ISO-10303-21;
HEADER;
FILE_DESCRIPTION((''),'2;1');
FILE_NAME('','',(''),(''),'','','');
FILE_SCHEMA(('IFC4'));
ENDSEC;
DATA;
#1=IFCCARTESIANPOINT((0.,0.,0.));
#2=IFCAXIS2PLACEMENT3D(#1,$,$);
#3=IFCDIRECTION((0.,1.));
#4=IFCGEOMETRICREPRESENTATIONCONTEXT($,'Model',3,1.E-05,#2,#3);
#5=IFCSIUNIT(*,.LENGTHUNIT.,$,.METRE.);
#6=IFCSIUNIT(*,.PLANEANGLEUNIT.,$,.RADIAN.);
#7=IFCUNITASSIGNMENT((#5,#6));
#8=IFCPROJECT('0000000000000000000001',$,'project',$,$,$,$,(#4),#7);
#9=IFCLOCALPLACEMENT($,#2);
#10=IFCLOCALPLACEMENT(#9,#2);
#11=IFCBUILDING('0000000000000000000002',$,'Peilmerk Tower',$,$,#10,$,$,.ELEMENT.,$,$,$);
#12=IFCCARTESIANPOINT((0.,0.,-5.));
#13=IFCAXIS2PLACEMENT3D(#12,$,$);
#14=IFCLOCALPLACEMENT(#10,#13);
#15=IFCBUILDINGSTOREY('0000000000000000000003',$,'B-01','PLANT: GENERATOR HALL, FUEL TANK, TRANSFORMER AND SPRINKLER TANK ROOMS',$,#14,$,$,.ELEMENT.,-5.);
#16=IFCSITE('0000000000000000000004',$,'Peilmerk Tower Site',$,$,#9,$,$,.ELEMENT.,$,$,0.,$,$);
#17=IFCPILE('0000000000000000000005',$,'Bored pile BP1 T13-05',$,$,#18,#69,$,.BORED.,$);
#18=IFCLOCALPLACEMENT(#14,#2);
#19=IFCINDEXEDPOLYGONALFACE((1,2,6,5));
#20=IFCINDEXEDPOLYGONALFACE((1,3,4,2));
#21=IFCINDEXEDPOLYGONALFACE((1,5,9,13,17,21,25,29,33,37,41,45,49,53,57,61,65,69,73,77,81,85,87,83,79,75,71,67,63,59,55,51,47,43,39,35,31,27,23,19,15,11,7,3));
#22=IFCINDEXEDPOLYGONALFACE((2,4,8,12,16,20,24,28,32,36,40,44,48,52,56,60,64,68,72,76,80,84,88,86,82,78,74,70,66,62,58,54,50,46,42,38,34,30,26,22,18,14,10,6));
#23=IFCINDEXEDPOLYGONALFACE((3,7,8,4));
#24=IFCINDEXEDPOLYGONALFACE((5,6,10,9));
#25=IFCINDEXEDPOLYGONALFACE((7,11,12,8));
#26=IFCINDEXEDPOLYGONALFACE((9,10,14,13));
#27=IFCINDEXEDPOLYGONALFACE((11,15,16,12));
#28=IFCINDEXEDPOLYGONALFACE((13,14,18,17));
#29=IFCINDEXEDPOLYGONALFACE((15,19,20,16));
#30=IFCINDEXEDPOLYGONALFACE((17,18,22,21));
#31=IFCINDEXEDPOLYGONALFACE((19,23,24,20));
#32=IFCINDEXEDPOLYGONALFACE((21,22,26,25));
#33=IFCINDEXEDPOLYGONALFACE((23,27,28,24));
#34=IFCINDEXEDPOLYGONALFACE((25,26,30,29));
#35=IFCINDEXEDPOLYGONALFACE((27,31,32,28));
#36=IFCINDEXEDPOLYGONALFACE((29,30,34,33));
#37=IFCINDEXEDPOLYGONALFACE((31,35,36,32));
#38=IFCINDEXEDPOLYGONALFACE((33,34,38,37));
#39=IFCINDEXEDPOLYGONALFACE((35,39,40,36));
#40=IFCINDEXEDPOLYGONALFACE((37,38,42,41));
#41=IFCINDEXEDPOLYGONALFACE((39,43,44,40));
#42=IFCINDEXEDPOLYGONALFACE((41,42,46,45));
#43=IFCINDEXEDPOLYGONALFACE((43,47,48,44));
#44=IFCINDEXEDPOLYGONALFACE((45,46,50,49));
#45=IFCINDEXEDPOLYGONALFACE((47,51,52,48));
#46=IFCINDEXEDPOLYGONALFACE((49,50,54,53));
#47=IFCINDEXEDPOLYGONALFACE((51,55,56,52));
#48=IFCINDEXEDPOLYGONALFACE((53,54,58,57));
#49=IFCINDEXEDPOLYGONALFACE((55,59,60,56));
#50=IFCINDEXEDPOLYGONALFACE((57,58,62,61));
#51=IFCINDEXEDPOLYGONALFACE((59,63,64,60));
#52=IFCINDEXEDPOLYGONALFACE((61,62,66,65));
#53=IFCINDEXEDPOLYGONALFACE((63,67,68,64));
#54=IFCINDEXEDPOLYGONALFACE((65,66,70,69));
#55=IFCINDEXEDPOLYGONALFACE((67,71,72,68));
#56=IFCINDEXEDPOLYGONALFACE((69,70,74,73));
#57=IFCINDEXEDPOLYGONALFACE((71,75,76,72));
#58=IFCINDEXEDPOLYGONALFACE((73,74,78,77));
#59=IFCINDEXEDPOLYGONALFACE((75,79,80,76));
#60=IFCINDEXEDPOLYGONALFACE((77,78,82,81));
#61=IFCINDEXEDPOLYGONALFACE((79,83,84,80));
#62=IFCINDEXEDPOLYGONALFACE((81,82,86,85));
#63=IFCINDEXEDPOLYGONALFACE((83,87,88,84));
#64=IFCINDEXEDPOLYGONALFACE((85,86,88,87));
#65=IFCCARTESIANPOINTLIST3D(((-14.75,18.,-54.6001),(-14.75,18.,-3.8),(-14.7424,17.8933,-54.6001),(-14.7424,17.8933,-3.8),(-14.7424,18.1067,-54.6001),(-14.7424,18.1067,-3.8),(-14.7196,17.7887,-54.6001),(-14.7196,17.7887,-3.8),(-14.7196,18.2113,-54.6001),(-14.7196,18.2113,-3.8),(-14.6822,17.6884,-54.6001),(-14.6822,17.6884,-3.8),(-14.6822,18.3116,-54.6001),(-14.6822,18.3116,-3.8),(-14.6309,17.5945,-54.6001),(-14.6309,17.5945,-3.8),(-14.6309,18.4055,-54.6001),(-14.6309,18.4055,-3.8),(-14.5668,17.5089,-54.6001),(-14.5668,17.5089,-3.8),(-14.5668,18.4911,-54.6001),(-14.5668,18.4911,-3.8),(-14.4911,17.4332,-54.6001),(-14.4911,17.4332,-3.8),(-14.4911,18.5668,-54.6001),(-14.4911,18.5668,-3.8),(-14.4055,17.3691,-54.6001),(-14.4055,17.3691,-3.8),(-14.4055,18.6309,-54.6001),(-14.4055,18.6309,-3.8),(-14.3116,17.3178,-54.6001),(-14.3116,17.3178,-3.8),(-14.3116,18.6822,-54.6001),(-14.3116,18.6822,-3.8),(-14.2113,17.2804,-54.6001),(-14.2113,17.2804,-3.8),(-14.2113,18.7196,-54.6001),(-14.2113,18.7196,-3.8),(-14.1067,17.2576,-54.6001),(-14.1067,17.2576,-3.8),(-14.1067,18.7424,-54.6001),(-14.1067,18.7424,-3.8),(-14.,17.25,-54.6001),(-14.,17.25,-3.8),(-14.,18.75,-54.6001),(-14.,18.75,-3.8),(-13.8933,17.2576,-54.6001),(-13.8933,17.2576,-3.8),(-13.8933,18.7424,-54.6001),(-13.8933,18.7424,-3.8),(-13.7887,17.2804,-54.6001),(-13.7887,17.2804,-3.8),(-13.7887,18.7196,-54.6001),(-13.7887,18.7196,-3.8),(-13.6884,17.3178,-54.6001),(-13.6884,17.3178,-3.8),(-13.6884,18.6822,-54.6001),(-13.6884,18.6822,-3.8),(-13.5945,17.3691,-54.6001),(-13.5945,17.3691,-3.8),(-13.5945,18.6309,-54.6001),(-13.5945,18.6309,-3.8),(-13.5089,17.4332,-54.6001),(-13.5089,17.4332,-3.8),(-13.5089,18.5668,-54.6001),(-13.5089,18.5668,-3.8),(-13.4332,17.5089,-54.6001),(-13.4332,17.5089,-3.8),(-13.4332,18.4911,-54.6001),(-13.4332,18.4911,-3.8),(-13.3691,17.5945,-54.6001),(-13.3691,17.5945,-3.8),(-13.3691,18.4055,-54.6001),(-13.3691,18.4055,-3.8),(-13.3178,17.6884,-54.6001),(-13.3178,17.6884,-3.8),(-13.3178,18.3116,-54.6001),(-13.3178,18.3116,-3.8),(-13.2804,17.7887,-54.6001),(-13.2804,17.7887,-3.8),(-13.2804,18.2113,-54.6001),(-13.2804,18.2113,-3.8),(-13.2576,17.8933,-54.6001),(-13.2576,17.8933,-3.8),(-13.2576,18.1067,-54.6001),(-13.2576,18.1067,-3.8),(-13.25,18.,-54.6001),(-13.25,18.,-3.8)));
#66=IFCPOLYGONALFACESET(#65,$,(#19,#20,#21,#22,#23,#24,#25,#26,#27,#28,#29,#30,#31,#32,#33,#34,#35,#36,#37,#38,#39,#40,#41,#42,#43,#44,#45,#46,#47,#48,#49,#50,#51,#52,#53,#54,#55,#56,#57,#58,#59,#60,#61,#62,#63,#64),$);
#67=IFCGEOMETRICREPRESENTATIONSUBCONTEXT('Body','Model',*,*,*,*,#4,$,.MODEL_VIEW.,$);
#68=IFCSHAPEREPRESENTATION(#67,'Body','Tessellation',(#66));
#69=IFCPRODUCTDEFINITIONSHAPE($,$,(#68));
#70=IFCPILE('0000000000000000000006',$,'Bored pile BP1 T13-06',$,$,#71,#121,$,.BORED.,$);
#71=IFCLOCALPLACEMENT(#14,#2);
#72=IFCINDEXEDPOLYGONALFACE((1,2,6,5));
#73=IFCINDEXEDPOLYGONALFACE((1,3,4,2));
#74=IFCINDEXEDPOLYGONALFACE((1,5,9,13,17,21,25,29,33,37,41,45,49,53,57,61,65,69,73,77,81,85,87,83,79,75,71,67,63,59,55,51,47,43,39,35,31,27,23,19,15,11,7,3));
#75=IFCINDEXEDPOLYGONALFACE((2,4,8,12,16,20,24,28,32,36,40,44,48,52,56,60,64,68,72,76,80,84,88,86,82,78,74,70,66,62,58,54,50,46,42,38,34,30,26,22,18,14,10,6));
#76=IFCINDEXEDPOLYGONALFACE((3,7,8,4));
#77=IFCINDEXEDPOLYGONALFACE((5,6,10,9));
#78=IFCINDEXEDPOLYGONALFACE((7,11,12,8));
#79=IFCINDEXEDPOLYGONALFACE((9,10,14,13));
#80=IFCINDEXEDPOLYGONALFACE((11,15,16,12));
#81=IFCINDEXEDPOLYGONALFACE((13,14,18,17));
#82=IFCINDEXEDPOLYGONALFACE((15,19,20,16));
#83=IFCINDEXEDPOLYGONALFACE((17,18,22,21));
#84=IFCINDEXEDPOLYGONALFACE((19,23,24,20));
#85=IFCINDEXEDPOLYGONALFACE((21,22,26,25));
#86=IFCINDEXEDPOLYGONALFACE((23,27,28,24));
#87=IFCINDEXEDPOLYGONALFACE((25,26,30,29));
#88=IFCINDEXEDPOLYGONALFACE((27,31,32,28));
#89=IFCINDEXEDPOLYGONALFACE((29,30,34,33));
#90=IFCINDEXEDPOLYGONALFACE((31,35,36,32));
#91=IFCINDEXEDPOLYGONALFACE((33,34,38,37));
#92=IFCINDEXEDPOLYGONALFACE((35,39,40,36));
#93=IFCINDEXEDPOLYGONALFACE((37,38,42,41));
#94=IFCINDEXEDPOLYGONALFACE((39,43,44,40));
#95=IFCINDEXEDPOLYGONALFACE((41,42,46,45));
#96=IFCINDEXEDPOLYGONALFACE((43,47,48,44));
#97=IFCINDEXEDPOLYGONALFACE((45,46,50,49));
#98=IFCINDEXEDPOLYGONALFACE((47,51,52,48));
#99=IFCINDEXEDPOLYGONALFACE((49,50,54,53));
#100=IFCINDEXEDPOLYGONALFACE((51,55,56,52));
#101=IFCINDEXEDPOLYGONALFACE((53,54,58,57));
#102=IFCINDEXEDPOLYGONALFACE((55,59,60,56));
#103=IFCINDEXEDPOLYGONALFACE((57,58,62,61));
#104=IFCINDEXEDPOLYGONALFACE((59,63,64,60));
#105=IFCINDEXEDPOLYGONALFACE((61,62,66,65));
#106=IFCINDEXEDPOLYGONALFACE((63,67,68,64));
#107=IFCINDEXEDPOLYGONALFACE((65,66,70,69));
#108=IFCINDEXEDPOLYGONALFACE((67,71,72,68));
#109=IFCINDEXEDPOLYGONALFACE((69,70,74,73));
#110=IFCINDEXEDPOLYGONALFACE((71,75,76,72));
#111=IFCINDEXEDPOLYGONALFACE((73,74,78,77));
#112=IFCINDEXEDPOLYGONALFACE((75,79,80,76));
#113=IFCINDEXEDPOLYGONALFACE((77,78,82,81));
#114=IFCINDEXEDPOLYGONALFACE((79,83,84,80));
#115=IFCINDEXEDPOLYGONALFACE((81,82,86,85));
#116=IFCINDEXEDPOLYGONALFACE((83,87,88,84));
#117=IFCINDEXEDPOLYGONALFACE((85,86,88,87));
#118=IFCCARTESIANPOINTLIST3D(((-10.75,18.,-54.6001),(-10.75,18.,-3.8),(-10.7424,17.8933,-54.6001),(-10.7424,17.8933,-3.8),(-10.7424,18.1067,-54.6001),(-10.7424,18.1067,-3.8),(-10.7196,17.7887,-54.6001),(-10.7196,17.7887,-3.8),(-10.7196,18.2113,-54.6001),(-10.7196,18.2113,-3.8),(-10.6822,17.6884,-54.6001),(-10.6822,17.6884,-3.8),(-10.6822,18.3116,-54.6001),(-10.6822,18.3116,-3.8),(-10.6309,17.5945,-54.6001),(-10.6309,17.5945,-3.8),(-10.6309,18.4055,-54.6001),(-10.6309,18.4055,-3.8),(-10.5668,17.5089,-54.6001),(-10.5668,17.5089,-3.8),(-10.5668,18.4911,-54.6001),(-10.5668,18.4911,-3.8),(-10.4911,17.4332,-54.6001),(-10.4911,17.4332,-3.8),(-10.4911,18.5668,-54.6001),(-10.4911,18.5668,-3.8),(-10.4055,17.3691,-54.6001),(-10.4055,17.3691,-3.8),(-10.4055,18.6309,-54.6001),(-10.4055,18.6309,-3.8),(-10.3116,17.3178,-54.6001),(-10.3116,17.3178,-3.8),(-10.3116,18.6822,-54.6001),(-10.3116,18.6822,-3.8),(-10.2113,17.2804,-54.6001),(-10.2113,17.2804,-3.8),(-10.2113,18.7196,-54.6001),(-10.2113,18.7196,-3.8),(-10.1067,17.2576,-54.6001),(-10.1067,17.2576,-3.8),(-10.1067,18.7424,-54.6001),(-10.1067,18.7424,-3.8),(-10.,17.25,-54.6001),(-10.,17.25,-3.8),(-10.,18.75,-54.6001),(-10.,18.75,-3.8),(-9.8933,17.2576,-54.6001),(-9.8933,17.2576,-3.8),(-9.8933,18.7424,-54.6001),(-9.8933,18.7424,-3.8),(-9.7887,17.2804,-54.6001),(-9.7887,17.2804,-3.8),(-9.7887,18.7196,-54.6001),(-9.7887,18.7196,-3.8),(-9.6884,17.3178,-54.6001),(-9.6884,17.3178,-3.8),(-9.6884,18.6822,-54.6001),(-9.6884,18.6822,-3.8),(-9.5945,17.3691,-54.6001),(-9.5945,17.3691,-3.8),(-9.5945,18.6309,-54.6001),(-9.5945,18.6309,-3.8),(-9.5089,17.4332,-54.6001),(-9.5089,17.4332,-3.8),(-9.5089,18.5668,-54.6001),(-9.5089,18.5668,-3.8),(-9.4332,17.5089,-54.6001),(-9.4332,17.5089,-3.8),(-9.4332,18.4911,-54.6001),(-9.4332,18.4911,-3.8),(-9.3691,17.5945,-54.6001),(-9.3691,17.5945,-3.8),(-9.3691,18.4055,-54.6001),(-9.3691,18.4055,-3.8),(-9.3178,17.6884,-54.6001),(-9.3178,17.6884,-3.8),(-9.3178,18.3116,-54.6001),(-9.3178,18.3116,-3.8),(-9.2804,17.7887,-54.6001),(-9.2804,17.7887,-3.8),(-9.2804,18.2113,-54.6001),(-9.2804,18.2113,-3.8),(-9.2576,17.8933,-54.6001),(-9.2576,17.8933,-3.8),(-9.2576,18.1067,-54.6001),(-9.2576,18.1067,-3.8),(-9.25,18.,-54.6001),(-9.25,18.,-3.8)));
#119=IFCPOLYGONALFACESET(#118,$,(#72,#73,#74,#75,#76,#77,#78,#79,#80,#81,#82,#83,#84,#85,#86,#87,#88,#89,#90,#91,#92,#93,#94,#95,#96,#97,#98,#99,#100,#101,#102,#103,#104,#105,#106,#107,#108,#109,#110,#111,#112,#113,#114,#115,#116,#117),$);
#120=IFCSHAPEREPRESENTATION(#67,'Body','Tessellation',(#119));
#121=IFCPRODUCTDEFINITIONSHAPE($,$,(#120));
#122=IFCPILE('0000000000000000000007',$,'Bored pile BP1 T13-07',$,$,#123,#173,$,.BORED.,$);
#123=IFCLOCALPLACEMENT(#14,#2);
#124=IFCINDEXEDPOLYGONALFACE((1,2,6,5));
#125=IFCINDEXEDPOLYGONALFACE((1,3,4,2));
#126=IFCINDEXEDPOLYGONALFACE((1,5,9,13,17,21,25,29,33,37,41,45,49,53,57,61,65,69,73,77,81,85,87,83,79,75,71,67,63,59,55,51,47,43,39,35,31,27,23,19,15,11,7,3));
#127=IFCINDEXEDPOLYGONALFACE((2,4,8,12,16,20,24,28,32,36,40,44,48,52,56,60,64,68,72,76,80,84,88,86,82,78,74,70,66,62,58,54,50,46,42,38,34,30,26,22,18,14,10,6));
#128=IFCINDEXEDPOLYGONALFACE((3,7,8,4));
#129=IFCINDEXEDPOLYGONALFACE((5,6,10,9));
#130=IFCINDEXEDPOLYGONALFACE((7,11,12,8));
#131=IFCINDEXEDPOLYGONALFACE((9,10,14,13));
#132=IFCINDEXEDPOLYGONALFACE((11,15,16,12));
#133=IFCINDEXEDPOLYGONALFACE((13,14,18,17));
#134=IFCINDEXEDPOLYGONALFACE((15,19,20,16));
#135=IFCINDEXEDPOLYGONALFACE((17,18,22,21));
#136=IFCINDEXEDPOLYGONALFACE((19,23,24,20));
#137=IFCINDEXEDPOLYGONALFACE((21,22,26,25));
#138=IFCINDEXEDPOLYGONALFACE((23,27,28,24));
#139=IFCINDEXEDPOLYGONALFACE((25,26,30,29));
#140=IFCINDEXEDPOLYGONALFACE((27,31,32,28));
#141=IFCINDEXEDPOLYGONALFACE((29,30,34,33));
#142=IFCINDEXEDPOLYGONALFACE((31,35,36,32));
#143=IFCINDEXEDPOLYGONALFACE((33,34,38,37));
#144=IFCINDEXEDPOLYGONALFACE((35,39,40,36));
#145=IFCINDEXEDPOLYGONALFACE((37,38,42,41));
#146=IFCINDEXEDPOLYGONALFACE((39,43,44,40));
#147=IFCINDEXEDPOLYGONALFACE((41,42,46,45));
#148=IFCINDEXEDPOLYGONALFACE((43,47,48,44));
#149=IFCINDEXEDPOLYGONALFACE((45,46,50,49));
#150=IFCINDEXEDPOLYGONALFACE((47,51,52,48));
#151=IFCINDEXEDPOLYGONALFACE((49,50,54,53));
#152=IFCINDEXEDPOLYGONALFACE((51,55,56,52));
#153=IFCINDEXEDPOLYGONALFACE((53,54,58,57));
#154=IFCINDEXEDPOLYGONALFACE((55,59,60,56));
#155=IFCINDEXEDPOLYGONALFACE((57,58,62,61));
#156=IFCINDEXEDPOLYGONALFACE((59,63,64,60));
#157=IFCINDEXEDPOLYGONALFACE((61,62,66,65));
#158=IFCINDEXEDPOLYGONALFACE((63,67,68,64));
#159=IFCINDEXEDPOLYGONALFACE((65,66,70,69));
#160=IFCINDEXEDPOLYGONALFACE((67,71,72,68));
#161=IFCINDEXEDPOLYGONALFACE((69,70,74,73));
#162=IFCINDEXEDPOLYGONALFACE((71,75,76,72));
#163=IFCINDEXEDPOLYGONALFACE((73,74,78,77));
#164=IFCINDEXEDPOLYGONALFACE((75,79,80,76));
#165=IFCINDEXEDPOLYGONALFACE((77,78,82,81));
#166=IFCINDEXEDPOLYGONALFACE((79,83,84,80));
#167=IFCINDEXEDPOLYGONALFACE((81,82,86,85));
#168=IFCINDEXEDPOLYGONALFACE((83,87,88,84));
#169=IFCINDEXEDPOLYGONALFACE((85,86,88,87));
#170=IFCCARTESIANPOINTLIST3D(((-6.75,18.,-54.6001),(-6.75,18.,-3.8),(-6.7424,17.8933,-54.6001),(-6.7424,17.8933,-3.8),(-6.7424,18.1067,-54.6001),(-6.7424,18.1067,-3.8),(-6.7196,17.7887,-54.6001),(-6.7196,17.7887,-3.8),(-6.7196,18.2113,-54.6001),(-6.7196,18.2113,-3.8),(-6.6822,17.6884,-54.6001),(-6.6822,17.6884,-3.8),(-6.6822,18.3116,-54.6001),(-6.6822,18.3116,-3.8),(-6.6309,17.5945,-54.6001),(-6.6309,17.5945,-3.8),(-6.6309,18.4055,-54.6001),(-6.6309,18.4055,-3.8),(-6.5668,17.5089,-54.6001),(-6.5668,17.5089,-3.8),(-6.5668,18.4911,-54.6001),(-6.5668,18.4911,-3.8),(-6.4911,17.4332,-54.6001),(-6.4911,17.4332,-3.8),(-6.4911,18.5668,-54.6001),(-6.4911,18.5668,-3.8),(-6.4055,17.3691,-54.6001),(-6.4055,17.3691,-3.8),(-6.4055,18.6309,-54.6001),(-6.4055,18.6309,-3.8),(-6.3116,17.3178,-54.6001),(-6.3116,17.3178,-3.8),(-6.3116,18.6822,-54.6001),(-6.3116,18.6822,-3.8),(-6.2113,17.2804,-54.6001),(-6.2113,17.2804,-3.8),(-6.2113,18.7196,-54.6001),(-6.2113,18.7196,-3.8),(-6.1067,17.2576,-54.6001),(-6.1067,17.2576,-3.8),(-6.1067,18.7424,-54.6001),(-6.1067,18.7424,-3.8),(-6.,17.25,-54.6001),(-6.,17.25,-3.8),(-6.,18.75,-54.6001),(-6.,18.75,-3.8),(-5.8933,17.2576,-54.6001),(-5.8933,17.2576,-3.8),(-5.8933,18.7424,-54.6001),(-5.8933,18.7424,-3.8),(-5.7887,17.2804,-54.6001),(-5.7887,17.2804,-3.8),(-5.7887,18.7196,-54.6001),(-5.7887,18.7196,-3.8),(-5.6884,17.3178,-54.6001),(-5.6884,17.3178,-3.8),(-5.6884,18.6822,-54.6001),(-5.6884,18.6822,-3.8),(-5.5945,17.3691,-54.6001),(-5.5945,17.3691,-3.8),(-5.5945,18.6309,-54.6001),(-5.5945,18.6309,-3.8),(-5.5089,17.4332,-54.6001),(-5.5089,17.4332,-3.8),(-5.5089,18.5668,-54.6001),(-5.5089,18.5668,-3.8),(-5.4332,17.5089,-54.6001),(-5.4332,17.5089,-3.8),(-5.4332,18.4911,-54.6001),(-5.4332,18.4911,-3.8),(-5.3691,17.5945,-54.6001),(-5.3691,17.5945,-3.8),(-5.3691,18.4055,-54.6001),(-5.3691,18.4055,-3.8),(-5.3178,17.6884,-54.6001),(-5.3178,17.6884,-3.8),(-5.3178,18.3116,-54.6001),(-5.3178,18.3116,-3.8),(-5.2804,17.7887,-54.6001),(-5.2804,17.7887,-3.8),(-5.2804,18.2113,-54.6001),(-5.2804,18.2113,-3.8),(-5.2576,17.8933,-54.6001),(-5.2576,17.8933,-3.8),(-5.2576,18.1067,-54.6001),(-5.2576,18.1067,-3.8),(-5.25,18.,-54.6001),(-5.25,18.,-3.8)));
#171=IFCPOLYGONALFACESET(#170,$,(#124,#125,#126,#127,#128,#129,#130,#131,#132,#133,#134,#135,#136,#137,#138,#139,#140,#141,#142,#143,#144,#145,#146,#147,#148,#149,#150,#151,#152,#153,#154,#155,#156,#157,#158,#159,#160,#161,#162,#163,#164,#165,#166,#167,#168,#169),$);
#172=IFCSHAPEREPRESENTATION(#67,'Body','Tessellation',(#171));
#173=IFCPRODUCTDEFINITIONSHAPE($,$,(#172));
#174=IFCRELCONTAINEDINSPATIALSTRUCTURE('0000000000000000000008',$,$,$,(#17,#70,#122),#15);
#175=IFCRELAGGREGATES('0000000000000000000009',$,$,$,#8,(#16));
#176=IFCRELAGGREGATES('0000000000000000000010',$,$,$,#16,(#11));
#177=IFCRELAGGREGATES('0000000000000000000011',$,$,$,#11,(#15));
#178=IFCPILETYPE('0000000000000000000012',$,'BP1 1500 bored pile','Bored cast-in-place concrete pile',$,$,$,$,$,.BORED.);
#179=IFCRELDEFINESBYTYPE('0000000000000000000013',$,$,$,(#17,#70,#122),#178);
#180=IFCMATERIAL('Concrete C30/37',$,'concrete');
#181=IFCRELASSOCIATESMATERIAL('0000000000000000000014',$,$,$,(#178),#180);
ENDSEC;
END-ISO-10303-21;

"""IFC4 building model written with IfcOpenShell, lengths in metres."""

from ifc_helpers import new_model, si_unit, direction, frame, origin, origin_2d, place, context, subcontext, project, spatial, circle, extrude, material, material_profile, profile_set, type_object, element, save


model = new_model("IFC4")

# Units and contexts
model_context = context("Model", 3, precision=1e-05, world=origin(), true_north=direction((0.0, 1.0)))
body_context = subcontext(model_context, "Body", "Model", "MODEL_VIEW")
ifc_project = project(units=[si_unit("LENGTHUNIT", "METRE"), si_unit("PLANEANGLEUNIT", "RADIAN")], contexts=[model_context])

# Site, building, storey
site_placement = place(None, origin())
site = spatial("IfcSite", under=ifc_project, at=site_placement, Name="Peilmerk Tower Site", CompositionType="ELEMENT", RefElevation=0.0)
building_placement = place(site_placement, origin())
building = spatial("IfcBuilding", under=site, at=building_placement, Name="Peilmerk Tower", CompositionType="ELEMENT")
storey_placement = place(building_placement, frame((0.0, 0.0, -5.0)))
storey = spatial("IfcBuildingStorey", under=building, at=storey_placement, Name="B-01", Description="PLANT: GENERATOR HALL, FUEL TANK, TRANSFORMER AND SPRINKLER TANK ROOMS", CompositionType="ELEMENT", Elevation=-5.0)

# Piles
ifc_material_1 = material(Name="Concrete C30/37", Category="concrete")
ifc_material_profile_1 = material_profile(ifc_material_1, circle(Radius=0.75, at=origin_2d()), Name="BP 1500")
ifc_profile_set_1 = profile_set([ifc_material_profile_1], Name="Concrete C30/37")
pile_type = type_object("IfcPileType", Name="BP1 1500 bored pile", Description="Bored cast-in-place concrete pile", PredefinedType="BORED", material=ifc_profile_set_1)
for number, where, z_axis, x_axis, name in (
    (1, (-14.0, 18.0, -3.8), (0.0, 0.0, -1.0), (1.0, 0.0, 0.0), "Bored pile BP1 T13-05"),
    (2, (-10.0, 18.0, -3.8), (0.0, 0.0, -1.0), (1.0, 0.0, 0.0), "Bored pile BP1 T13-06"),
    (3, (-6.0, 18.0, -3.8), (0.0, 0.0, -1.0), (1.0, 0.0, 0.0), "Bored pile BP1 T13-07"),
):
    element("IfcPile", number, at=place(storey_placement, frame(where, z_axis=z_axis, x_axis=x_axis)), inside=storey, type_object=pile_type, Name=name, PredefinedType="BORED", context=body_context, shape_type="SweptSolid", body=[
        extrude(circle(Radius=0.75, at=origin_2d()), origin(), (0.0, 0.0, 1.0), 50.8),
    ])

save(model, "model.ifc")
